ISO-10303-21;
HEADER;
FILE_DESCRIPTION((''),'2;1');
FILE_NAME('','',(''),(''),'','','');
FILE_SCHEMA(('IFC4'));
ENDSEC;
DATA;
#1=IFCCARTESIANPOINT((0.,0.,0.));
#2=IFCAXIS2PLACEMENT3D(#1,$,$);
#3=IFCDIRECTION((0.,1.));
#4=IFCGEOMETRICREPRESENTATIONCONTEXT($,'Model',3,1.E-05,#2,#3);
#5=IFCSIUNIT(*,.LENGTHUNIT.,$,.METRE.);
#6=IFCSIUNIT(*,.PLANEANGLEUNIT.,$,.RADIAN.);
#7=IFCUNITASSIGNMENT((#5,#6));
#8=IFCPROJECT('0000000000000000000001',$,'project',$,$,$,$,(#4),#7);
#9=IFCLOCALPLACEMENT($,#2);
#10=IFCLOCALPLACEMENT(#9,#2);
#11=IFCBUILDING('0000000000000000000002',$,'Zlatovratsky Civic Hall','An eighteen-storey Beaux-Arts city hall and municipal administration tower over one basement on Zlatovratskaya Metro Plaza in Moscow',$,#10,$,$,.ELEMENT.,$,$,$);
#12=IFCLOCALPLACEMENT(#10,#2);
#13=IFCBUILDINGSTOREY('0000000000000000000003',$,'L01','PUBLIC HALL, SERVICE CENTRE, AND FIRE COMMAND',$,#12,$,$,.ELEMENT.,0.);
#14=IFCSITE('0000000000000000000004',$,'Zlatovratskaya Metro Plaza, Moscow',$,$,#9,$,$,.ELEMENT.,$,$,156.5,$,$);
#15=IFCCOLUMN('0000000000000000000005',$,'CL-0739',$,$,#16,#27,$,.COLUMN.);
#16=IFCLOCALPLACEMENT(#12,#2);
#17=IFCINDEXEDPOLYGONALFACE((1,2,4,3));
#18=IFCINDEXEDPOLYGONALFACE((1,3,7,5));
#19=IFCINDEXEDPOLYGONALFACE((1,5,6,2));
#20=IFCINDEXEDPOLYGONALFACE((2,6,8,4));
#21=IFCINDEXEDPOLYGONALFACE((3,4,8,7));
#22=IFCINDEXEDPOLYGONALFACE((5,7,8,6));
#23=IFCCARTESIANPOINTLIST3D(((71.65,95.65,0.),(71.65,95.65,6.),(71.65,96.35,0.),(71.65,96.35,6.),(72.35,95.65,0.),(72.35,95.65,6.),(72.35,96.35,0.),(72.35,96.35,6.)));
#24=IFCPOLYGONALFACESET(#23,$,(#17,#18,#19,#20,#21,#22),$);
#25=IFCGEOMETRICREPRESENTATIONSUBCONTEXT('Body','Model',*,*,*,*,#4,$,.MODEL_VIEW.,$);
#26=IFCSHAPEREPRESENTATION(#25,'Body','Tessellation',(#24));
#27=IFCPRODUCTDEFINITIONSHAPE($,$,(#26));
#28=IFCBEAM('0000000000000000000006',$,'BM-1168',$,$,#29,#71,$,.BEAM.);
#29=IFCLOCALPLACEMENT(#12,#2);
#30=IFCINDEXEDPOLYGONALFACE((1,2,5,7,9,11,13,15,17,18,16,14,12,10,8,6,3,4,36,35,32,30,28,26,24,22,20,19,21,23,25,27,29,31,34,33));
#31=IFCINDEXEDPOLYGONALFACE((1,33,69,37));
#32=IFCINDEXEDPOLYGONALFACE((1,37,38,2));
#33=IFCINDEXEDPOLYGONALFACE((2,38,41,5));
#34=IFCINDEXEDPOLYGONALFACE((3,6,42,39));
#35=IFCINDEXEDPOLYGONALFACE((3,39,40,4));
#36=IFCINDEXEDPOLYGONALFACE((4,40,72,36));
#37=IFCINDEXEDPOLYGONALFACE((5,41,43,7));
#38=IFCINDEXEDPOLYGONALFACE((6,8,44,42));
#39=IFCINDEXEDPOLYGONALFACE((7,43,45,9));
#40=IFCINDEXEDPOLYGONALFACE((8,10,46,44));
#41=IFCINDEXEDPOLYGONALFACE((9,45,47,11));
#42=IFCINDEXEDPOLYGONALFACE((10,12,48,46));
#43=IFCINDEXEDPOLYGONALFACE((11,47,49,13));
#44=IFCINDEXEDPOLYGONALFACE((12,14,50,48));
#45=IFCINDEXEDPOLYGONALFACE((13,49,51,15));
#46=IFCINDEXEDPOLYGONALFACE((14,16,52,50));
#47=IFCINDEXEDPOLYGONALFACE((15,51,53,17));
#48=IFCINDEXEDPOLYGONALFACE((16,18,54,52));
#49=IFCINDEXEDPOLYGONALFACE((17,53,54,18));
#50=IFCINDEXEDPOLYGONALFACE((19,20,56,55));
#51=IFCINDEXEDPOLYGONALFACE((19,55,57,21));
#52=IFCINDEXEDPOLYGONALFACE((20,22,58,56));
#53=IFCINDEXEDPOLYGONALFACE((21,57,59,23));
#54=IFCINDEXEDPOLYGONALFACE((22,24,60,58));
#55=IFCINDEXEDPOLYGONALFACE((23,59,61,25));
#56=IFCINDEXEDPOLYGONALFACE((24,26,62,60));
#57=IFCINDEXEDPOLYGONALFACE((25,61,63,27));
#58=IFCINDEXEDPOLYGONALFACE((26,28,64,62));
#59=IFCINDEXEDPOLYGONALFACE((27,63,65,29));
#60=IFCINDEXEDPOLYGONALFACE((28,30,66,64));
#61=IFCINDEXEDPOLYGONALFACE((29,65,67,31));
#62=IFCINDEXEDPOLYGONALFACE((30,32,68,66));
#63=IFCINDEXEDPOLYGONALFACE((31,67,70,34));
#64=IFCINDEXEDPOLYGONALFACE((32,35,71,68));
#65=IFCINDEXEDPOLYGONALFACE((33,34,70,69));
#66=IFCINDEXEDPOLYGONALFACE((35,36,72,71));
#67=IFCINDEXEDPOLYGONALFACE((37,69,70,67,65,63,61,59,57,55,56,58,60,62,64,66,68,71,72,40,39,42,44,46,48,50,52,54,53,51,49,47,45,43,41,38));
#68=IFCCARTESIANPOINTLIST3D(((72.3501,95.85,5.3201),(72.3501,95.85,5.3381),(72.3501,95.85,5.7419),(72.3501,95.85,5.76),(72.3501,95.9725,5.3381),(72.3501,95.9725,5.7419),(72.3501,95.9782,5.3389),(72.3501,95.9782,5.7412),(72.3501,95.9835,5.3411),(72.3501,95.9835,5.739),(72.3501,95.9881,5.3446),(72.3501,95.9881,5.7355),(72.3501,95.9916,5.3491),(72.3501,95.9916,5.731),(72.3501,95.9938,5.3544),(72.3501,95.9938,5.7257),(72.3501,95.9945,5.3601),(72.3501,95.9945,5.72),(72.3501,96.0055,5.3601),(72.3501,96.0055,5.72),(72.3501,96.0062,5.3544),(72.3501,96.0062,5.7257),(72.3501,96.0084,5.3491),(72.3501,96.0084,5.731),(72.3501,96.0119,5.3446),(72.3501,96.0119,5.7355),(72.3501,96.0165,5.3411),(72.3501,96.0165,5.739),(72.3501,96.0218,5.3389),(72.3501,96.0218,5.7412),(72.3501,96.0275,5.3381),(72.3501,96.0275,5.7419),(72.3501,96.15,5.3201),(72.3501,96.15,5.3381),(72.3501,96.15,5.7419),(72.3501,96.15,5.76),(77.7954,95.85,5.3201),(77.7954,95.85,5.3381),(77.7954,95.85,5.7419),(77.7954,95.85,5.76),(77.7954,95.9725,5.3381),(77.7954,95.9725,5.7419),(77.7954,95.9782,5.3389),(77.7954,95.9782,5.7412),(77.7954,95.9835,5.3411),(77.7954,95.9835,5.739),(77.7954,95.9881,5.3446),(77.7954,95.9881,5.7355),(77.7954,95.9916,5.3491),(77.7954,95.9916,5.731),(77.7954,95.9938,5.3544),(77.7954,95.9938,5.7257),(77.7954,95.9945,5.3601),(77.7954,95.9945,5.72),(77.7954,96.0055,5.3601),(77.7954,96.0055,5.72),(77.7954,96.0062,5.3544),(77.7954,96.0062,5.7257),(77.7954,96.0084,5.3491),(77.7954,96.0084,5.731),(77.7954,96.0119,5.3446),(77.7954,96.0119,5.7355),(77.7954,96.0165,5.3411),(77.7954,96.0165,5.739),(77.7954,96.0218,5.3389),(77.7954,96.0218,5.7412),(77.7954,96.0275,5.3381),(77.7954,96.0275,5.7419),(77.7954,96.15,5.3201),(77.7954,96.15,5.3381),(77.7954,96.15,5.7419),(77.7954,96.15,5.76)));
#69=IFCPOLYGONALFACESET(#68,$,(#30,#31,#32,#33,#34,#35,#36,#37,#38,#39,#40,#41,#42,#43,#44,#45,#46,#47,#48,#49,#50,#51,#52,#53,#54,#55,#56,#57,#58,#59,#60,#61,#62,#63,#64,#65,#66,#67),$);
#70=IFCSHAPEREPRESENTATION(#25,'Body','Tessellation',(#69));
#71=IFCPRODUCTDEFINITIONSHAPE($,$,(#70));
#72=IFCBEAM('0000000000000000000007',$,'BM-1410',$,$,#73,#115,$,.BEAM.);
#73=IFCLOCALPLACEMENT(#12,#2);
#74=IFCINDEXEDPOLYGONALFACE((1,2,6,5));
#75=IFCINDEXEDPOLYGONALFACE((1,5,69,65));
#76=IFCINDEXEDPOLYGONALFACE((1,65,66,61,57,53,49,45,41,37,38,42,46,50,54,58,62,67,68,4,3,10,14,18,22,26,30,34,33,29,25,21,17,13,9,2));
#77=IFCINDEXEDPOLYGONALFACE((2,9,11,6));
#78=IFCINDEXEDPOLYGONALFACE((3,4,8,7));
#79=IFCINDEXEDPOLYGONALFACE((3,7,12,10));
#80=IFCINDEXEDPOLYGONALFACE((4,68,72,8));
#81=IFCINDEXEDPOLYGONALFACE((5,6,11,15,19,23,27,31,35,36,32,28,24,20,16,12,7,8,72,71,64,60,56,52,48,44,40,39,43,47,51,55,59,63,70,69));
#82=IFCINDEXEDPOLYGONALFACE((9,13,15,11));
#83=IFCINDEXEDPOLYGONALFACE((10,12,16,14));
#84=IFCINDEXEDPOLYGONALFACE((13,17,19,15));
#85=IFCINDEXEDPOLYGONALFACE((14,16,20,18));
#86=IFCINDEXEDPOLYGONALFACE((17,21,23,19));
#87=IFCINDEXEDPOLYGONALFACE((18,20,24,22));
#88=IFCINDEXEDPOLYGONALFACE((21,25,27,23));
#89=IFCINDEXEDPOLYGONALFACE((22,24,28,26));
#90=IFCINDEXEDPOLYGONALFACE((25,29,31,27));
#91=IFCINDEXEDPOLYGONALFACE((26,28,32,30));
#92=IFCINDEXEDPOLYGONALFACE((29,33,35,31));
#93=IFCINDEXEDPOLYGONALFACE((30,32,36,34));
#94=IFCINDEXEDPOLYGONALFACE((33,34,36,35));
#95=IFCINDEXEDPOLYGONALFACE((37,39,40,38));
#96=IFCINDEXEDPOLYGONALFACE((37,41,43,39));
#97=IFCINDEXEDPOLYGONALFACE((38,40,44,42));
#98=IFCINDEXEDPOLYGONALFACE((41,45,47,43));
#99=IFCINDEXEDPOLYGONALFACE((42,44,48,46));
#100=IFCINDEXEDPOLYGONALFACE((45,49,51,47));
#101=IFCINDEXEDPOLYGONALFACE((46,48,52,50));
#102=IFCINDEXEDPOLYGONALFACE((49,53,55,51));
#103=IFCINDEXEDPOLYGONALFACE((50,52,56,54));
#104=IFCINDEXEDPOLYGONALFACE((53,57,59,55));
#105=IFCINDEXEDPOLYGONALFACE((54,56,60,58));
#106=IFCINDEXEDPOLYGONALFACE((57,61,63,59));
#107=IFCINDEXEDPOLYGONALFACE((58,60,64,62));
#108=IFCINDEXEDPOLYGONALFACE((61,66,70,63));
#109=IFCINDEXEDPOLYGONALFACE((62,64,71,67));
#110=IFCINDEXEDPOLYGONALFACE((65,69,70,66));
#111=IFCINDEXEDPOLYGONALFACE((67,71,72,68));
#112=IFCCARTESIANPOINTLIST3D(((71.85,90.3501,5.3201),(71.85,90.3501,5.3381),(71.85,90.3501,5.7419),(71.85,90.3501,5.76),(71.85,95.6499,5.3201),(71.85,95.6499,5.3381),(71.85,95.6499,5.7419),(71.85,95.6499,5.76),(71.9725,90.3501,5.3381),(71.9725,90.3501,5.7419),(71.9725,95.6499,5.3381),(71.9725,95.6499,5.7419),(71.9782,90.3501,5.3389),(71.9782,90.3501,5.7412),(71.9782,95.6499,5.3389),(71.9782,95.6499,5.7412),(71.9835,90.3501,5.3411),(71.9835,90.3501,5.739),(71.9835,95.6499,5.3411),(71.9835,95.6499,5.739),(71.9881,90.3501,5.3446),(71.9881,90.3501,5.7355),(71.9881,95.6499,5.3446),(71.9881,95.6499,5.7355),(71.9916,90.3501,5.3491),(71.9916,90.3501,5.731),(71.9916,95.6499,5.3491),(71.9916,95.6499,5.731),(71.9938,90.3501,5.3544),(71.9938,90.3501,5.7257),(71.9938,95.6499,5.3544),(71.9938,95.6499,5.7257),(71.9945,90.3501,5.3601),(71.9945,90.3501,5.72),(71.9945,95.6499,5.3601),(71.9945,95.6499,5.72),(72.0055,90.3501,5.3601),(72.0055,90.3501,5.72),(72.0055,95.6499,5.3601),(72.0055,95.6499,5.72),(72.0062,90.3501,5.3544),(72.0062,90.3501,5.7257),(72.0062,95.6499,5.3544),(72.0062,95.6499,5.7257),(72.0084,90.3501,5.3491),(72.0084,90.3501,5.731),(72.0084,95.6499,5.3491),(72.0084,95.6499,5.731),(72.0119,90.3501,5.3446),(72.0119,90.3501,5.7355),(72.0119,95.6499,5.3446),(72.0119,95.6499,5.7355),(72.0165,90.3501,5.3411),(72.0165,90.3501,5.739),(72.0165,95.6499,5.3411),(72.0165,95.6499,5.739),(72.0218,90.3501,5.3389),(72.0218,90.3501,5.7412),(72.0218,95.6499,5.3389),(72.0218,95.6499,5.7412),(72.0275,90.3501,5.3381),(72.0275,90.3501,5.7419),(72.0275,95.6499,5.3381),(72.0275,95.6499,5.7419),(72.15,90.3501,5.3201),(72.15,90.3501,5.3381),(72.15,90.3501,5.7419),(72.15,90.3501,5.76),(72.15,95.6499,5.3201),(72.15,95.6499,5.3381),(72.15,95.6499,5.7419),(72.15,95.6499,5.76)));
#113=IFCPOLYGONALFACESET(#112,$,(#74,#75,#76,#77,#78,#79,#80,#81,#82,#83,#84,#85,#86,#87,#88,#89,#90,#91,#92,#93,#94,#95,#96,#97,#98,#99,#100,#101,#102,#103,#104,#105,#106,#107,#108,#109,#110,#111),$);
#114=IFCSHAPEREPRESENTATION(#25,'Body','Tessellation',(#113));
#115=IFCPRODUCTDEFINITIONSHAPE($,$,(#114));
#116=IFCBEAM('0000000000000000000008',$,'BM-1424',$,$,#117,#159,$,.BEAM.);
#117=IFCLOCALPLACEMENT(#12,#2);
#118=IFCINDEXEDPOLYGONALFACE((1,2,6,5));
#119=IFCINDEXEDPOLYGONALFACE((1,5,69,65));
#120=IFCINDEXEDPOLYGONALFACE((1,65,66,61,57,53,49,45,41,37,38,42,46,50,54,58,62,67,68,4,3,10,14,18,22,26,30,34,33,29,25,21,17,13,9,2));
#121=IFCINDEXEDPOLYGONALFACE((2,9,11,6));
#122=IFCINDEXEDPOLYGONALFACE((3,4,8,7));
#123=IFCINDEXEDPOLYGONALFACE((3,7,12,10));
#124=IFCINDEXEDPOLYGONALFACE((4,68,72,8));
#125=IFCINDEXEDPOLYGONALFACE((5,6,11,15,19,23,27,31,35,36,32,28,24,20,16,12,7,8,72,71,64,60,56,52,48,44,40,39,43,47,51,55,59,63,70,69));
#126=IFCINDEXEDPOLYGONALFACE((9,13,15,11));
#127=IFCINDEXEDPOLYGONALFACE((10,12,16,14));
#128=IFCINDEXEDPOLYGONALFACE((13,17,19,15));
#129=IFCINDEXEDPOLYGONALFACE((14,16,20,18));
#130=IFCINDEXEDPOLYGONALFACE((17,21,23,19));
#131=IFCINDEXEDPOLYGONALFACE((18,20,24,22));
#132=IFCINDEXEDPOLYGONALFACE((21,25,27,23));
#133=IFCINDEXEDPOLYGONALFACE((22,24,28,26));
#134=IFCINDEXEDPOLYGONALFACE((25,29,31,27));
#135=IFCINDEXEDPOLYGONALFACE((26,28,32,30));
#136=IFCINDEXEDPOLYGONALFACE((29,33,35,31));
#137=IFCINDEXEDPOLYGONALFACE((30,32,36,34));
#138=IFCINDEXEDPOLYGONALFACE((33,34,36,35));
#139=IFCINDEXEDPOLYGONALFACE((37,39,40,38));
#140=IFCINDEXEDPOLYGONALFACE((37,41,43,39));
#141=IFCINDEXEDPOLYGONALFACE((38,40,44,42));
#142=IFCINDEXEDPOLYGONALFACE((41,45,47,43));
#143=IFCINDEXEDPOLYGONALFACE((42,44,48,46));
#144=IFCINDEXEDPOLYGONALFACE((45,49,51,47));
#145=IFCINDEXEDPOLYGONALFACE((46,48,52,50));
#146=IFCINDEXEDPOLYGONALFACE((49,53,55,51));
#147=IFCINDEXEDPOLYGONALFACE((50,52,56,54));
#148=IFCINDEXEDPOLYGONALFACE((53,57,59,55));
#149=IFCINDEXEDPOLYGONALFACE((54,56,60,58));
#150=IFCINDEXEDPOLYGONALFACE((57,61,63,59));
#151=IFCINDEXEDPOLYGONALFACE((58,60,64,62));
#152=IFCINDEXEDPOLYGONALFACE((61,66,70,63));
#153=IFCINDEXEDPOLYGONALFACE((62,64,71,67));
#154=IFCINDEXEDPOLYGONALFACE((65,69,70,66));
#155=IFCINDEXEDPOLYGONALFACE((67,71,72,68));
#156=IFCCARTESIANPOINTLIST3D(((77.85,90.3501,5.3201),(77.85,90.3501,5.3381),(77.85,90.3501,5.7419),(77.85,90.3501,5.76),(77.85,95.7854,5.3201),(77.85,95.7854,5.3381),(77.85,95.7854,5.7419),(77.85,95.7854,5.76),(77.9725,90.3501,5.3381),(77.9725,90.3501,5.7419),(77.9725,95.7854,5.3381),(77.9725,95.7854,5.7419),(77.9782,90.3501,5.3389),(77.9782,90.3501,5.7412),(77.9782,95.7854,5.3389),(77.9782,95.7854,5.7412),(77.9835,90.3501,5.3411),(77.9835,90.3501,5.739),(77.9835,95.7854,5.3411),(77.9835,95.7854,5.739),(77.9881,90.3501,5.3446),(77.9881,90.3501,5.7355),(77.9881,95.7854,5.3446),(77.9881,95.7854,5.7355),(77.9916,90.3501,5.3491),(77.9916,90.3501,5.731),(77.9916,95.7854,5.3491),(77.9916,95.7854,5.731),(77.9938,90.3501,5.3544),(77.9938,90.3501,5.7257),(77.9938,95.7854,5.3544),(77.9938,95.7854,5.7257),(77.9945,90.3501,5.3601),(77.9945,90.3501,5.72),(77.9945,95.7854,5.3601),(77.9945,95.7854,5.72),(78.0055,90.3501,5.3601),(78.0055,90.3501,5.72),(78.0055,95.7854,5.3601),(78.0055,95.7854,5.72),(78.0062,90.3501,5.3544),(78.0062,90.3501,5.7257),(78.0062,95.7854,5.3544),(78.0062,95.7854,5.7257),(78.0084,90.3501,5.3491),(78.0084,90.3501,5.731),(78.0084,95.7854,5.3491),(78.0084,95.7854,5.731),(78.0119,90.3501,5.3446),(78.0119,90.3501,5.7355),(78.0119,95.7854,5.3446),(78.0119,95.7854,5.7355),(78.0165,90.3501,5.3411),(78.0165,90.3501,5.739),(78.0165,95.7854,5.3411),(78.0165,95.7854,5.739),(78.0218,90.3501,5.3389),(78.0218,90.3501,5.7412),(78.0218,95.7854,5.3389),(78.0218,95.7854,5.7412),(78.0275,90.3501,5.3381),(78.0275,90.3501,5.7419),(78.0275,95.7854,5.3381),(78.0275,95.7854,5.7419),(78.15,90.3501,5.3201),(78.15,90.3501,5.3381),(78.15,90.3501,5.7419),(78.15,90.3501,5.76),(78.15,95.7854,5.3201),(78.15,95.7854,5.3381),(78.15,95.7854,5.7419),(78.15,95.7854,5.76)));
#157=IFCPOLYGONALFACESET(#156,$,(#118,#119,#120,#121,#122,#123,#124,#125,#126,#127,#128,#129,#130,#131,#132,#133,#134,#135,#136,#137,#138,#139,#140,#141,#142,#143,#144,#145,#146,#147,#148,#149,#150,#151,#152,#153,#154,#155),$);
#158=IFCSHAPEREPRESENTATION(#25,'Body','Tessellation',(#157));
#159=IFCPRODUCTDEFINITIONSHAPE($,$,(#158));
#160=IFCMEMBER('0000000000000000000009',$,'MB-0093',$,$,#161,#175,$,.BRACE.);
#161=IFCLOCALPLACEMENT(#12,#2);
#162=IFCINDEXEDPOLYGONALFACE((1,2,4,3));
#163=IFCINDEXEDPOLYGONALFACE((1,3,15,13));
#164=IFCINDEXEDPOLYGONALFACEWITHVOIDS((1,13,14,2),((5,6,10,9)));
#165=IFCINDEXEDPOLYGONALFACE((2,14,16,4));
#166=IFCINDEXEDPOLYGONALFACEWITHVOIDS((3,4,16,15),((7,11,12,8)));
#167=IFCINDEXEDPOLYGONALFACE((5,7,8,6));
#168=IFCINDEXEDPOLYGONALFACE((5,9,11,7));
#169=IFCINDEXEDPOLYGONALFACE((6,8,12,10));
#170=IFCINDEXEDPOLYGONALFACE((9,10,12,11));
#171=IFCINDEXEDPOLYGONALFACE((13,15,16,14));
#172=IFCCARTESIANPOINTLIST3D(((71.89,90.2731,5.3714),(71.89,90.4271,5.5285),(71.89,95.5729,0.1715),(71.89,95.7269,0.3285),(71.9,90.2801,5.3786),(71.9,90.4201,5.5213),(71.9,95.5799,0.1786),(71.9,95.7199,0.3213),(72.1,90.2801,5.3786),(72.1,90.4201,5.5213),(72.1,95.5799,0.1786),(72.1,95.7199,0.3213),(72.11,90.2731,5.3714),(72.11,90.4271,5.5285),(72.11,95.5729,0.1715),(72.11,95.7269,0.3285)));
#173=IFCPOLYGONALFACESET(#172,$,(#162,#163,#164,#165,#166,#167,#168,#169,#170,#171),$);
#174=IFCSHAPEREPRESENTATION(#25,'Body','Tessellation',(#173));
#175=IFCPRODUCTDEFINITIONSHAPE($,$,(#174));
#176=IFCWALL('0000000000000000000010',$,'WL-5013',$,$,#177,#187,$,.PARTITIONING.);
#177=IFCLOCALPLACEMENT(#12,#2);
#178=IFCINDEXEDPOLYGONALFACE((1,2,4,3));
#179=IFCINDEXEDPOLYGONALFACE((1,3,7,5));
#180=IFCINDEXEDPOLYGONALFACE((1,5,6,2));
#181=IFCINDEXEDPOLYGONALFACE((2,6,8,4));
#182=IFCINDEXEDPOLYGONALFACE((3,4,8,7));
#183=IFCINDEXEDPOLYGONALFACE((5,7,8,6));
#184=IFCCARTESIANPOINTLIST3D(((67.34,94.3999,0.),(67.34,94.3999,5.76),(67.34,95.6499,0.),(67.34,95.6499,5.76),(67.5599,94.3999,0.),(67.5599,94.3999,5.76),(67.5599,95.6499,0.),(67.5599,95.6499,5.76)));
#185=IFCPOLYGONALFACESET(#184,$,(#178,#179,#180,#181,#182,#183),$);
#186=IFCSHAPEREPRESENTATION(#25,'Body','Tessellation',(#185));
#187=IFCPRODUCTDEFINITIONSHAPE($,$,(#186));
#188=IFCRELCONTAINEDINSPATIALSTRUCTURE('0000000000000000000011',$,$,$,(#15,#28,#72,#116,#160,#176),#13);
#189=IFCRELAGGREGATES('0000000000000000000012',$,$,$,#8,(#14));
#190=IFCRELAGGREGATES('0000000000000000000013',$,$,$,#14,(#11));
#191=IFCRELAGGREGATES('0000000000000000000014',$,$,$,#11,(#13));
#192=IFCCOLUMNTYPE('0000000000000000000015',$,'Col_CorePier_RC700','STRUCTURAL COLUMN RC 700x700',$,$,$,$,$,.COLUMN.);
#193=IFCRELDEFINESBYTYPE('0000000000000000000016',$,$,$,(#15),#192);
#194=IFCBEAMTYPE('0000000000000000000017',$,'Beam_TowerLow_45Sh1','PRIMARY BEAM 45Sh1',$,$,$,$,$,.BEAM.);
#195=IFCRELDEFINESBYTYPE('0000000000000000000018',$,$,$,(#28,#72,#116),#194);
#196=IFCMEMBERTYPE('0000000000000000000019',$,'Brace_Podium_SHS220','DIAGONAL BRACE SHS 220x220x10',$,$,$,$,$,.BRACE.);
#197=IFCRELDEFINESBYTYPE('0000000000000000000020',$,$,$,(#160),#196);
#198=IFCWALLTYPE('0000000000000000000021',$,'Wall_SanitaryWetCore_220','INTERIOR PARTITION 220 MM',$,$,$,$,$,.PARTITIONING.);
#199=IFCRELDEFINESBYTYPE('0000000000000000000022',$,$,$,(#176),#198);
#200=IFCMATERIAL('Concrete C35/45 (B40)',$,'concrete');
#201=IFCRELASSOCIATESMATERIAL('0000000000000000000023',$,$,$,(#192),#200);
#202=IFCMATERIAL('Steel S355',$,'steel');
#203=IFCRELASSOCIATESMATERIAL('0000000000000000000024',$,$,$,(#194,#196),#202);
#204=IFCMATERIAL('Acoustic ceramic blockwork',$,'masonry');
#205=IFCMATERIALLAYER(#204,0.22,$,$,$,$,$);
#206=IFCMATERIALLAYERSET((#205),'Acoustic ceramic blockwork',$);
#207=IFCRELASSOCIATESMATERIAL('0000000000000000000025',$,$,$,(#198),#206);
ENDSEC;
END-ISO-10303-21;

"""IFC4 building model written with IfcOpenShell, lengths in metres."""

from ifc_helpers import new_model, si_unit, direction, frame, frame_2d, origin, origin_2d, place, context, subcontext, project, spatial, rectangle, hollow_rectangle, i_section, extrude, material, layer, layer_set, material_profile, profile_set, type_object, element, save


model = new_model("IFC4")

# Units and contexts
model_context = context("Model", 3, precision=1e-05, world=origin(), true_north=direction((0.0, 1.0)))
body_context = subcontext(model_context, "Body", "Model", "MODEL_VIEW")
ifc_project = project(units=[si_unit("LENGTHUNIT", "METRE"), si_unit("PLANEANGLEUNIT", "RADIAN")], contexts=[model_context])

# Site, building, storey
site_placement = place(None, origin())
site = spatial("IfcSite", under=ifc_project, at=site_placement, Name="Zlatovratskaya Metro Plaza, Moscow", CompositionType="ELEMENT", RefElevation=156.5)
building_placement = place(site_placement, origin())
building = spatial("IfcBuilding", under=site, at=building_placement, Name="Zlatovratsky Civic Hall", Description="An eighteen-storey Beaux-Arts city hall and municipal administration tower over one basement on Zlatovratskaya Metro Plaza in Moscow", CompositionType="ELEMENT")
storey_placement = place(building_placement, origin())
storey = spatial("IfcBuildingStorey", under=building, at=storey_placement, Name="L01", Description="PUBLIC HALL, SERVICE CENTRE, AND FIRE COMMAND", CompositionType="ELEMENT", Elevation=0.0)

# Column
ifc_material_1 = material(Name="Concrete C35/45 (B40)", Category="concrete")
ifc_material_profile_1 = material_profile(ifc_material_1, rectangle(XDim=0.7, YDim=0.7, at=origin_2d()), Name="RC 700x700")
ifc_profile_set_1 = profile_set([ifc_material_profile_1], Name="Concrete C35/45 (B40)")
column_type = type_object("IfcColumnType", Name="Col_CorePier_RC700", Description="STRUCTURAL COLUMN RC 700x700", PredefinedType="COLUMN", material=ifc_profile_set_1)
column_placement = place(storey_placement, frame((72.0, 96.0, 0.0), z_axis=(0.0, 0.0, 1.0), x_axis=(1.0, 0.0, 0.0)))
element("IfcColumn", 1, at=column_placement, inside=storey, type_object=column_type, Name="CL-0739", PredefinedType="COLUMN", context=body_context, shape_type="SweptSolid", body=[
    extrude(rectangle(XDim=0.7, YDim=0.7, at=origin_2d()), origin(), (0.0, 0.0, 1.0), 6.0),
])

# Beams
ifc_material_2 = material(Name="Steel S355", Category="steel")
ifc_material_profile_2 = material_profile(ifc_material_2, i_section(OverallWidth=0.3, OverallDepth=0.4399, WebThickness=0.011, FlangeThickness=0.0181, FilletRadius=0.022, at=origin_2d()), Name="45Sh1")
ifc_profile_set_2 = profile_set([ifc_material_profile_2], Name="Steel S355")
beam_type = type_object("IfcBeamType", Name="Beam_TowerLow_45Sh1", Description="PRIMARY BEAM 45Sh1", PredefinedType="BEAM", material=ifc_profile_set_2)
beam_1_placement = place(storey_placement, frame((72.3501, 96.0, 5.54), z_axis=(1.0, 0.0, 0.0), x_axis=(0.0, 1.0, 0.0)))
element("IfcBeam", 2, at=beam_1_placement, inside=storey, type_object=beam_type, Name="BM-1168", PredefinedType="BEAM", context=body_context, shape_type="SweptSolid", body=[
    extrude(i_section(OverallWidth=0.3, OverallDepth=0.4399, WebThickness=0.011, FlangeThickness=0.0181, FilletRadius=0.022, at=origin_2d()), origin(), (0.0, 0.0, 1.0), 5.4453),
])
beam_2_placement = place(storey_placement, frame((72.0, 90.3501, 5.54), z_axis=(0.0, 1.0, 0.0), x_axis=(-1.0, 0.0, 0.0)))
element("IfcBeam", 3, at=beam_2_placement, inside=storey, type_object=beam_type, Name="BM-1410", PredefinedType="BEAM", context=body_context, shape_type="SweptSolid", body=[
    extrude(i_section(OverallWidth=0.3, OverallDepth=0.4399, WebThickness=0.011, FlangeThickness=0.0181, FilletRadius=0.022, at=origin_2d()), origin(), (0.0, 0.0, 1.0), 5.2998),
])
beam_3_placement = place(storey_placement, frame((78.0, 90.3501, 5.54), z_axis=(0.0, 1.0, 0.0), x_axis=(-1.0, 0.0, 0.0)))
element("IfcBeam", 4, at=beam_3_placement, inside=storey, type_object=beam_type, Name="BM-1424", PredefinedType="BEAM", context=body_context, shape_type="SweptSolid", body=[
    extrude(i_section(OverallWidth=0.3, OverallDepth=0.4399, WebThickness=0.011, FlangeThickness=0.0181, FilletRadius=0.022, at=origin_2d()), origin(), (0.0, 0.0, 1.0), 5.4353),
])

# Member
ifc_material_profile_3 = material_profile(ifc_material_2, hollow_rectangle(XDim=0.22, YDim=0.22, WallThickness=0.01, at=origin_2d()), Name="SHS 220x220x10")
ifc_profile_set_3 = profile_set([ifc_material_profile_3], Name="Steel S355")
member_type = type_object("IfcMemberType", Name="Brace_Podium_SHS220", Description="DIAGONAL BRACE SHS 220x220x10", PredefinedType="BRACE", material=ifc_profile_set_3)
member_placement = place(storey_placement, frame((72.0, 90.3501, 5.45), z_axis=(0.0, 0.713799, -0.70035), x_axis=(-1.0, 0.0, 0.0)))
element("IfcMember", 5, at=member_placement, inside=storey, type_object=member_type, Name="MB-0093", PredefinedType="BRACE", context=body_context, shape_type="SweptSolid", body=[
    extrude(hollow_rectangle(XDim=0.22, YDim=0.22, WallThickness=0.01, at=origin_2d()), origin(), (0.0, 0.0, 1.0), 7.4248),
])

# Wall
ifc_material_3 = material(Name="Acoustic ceramic blockwork", Category="masonry")
ifc_layer_1 = layer(ifc_material_3, 0.22)
ifc_layer_set_1 = layer_set([ifc_layer_1], Name="Acoustic ceramic blockwork")
wall_type_1 = type_object("IfcWallType", Name="Wall_SanitaryWetCore_220", Description="INTERIOR PARTITION 220 MM", PredefinedType="PARTITIONING", material=ifc_layer_set_1)
for number, where, z_axis, x_axis, name in (
    (6, (67.45, 94.3999, 0.0), (0.0, 0.0, 1.0), (0.0, 1.0, 0.0), "WL-5013"),
):
    element("IfcWall", number, at=place(storey_placement, frame(where, z_axis=z_axis, x_axis=x_axis)), inside=storey, type_object=wall_type_1, Name=name, PredefinedType="PARTITIONING", context=body_context, shape_type="SweptSolid", body=[
        extrude(rectangle(XDim=1.25, YDim=0.22, at=frame_2d((0.625, 0.0))), origin(), (0.0, 0.0, 1.0), 5.76),
    ])

save(model, "model.ifc")
